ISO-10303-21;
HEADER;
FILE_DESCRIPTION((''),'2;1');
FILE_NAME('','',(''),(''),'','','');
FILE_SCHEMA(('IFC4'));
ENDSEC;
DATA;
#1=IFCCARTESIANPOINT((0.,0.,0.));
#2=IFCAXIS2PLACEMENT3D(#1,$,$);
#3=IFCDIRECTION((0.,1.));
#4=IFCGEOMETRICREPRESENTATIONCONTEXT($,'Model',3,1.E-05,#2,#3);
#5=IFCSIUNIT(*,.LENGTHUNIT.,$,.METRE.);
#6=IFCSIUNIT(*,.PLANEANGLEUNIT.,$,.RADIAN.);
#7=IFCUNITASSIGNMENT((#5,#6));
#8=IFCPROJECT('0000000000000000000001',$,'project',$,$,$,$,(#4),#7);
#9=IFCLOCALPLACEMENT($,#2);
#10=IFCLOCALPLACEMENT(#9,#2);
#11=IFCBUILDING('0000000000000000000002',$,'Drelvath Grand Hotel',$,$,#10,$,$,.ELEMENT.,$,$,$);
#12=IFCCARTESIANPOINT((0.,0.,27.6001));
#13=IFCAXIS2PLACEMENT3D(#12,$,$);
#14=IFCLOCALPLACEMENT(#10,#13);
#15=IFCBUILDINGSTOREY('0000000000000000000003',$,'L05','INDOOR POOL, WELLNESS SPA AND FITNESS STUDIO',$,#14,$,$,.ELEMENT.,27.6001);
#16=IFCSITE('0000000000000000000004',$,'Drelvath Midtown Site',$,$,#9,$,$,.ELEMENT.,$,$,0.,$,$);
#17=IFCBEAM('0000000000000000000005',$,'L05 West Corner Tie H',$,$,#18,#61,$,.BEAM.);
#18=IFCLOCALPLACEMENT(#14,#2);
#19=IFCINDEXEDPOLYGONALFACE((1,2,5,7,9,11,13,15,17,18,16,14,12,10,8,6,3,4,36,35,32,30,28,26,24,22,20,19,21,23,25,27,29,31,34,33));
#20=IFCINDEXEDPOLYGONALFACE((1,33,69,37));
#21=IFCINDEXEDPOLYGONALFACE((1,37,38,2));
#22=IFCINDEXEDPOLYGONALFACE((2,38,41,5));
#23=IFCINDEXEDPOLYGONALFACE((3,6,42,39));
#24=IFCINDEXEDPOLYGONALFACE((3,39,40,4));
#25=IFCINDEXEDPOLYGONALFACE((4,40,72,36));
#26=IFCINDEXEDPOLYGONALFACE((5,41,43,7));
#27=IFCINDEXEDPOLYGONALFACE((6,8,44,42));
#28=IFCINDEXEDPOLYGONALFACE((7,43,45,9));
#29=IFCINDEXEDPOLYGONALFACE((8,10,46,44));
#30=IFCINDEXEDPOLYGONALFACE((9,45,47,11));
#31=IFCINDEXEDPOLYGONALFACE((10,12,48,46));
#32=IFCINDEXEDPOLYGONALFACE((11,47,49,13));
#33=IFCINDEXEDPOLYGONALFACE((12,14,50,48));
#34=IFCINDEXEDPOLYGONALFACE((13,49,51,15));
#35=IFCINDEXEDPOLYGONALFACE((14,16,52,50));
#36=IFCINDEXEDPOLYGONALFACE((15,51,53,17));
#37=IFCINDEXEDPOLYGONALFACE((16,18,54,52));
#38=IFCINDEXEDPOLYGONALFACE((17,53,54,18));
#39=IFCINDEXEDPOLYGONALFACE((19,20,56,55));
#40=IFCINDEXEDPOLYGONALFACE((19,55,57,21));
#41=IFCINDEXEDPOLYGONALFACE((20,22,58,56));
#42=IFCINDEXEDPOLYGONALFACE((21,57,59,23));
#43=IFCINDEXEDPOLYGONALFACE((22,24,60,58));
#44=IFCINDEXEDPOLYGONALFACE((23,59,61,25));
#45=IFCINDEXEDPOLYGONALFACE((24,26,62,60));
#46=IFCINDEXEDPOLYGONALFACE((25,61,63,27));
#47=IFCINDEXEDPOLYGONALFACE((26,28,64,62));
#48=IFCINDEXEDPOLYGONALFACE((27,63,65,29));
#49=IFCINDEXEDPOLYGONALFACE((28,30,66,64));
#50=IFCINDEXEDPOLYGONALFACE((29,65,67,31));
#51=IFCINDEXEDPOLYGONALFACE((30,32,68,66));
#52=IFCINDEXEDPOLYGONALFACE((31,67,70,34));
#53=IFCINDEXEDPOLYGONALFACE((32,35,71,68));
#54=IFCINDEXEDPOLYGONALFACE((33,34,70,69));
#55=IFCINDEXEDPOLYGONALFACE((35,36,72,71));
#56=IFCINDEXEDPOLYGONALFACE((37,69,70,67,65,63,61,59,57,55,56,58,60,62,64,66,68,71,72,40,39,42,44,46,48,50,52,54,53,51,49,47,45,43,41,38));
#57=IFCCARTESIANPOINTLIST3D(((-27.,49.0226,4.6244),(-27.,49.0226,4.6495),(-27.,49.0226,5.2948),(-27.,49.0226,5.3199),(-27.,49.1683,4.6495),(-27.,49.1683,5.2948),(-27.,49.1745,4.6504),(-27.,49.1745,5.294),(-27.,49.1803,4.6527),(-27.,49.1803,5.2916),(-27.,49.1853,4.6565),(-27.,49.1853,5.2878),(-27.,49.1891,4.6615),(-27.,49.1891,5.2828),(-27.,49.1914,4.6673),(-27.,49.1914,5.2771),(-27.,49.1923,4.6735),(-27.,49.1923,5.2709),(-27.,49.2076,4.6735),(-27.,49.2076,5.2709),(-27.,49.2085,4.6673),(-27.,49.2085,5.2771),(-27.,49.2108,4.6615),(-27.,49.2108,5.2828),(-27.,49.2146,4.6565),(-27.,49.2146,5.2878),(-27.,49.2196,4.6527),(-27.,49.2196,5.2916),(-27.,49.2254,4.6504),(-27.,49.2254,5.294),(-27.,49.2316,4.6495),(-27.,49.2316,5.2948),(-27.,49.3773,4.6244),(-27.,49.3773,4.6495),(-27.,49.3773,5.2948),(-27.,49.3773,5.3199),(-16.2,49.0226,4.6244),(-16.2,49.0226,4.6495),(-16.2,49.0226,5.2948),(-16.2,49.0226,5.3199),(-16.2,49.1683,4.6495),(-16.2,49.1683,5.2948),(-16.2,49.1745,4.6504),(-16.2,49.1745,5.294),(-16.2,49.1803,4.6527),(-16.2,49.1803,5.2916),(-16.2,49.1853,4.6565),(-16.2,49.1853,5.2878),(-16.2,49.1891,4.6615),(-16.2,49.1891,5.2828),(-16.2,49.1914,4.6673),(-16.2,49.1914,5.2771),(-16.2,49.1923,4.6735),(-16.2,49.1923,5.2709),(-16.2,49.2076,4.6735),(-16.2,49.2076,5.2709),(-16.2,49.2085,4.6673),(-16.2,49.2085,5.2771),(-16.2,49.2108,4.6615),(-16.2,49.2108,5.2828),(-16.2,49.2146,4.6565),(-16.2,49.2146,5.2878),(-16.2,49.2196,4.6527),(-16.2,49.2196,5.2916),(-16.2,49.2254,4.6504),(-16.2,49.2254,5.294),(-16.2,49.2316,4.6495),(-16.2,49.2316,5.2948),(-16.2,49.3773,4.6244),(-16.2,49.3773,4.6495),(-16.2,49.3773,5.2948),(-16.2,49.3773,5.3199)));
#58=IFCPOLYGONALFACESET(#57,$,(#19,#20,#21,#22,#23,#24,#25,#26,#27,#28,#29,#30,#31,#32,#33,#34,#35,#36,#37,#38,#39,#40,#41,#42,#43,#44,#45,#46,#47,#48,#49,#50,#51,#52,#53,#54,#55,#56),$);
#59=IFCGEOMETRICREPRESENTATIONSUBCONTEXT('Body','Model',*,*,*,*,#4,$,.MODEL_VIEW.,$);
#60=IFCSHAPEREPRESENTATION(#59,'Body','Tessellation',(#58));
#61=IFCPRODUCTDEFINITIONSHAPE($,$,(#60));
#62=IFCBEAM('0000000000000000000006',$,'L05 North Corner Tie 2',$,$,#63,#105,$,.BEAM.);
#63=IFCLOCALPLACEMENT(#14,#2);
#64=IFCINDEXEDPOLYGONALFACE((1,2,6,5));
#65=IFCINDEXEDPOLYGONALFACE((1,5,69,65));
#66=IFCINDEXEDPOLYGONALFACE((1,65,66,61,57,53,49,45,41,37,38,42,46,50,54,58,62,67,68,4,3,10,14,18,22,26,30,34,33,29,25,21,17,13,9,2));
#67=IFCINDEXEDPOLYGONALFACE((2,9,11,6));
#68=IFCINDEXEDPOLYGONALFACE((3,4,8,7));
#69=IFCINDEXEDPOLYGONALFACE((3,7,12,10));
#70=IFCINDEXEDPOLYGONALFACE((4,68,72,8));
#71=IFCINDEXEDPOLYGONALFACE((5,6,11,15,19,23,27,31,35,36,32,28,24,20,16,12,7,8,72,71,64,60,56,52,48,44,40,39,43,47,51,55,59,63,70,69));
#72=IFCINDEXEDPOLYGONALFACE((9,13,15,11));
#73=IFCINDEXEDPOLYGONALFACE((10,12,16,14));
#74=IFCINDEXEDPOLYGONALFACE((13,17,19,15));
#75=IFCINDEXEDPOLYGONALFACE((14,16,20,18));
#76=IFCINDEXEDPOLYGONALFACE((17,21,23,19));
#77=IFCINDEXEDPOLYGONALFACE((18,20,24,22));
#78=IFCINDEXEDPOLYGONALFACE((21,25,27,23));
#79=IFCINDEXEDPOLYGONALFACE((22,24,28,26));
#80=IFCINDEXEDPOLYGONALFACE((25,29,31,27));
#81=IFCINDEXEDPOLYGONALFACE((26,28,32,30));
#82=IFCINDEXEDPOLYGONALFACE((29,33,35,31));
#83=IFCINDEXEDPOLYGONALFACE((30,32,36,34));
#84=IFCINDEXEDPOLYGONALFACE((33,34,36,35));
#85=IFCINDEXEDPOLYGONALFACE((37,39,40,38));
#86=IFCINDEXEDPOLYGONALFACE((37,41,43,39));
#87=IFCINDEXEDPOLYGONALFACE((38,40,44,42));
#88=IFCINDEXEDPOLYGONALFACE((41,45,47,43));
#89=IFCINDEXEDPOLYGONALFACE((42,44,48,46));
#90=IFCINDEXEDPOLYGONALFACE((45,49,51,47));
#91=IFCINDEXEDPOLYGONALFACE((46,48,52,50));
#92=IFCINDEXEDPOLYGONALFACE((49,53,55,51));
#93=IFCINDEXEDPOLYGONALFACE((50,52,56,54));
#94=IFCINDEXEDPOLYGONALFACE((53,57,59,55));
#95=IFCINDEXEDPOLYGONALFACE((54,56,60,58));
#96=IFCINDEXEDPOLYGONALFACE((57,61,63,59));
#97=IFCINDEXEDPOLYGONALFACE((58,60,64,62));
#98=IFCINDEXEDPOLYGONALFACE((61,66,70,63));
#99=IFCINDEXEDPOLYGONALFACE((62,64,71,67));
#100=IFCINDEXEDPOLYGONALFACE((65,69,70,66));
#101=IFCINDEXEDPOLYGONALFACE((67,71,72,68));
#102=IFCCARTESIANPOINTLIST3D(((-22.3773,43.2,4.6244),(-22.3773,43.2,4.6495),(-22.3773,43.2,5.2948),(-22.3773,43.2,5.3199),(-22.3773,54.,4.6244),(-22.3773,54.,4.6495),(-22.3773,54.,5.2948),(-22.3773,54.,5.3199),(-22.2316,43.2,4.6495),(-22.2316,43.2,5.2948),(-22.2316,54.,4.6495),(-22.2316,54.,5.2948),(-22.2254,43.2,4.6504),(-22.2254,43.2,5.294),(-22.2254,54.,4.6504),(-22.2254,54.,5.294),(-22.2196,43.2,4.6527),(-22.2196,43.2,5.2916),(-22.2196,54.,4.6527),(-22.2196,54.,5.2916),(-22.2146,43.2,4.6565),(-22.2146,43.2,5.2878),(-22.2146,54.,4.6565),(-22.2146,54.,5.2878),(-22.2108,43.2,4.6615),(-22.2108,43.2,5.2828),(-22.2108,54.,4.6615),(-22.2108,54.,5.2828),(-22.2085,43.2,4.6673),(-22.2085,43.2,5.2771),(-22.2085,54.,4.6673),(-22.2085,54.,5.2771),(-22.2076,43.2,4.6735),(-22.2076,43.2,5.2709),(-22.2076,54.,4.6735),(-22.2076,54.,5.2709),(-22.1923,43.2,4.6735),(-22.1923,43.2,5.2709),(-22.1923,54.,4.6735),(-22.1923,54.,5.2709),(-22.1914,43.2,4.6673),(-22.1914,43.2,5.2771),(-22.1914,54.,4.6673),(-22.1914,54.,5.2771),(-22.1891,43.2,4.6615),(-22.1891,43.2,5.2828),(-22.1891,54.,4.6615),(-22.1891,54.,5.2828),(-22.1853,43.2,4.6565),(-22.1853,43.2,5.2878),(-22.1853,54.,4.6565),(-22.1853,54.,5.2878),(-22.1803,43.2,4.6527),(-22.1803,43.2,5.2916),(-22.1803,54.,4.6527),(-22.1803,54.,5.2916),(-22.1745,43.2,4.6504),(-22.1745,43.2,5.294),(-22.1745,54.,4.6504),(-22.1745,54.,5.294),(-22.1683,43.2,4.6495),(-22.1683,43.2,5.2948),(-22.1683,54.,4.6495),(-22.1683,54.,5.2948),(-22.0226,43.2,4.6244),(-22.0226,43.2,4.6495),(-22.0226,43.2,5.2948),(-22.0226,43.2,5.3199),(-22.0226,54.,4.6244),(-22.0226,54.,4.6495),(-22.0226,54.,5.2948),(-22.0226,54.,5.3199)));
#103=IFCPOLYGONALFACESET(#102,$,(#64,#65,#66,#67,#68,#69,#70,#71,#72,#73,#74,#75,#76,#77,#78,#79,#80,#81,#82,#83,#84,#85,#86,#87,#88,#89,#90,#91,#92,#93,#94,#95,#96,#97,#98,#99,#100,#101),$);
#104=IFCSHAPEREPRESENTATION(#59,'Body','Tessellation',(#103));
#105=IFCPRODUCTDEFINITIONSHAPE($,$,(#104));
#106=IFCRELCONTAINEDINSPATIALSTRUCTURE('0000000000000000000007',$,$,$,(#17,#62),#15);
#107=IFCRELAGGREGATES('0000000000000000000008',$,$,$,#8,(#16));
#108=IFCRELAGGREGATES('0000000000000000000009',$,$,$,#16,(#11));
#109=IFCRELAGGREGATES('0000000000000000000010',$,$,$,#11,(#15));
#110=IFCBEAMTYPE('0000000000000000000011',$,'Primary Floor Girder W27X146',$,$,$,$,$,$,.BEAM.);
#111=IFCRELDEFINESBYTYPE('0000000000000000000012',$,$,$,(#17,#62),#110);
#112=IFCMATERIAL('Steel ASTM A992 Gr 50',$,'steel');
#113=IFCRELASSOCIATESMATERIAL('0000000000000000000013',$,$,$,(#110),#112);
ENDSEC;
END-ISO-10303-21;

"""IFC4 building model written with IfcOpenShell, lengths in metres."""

from ifc_helpers import new_model, si_unit, direction, frame, origin, origin_2d, place, context, subcontext, project, spatial, i_section, extrude, material, material_profile, profile_set, type_object, element, save


model = new_model("IFC4")

# Units and contexts
model_context = context("Model", 3, precision=1e-05, world=origin(), true_north=direction((0.0, 1.0)))
body_context = subcontext(model_context, "Body", "Model", "MODEL_VIEW")
ifc_project = project(units=[si_unit("LENGTHUNIT", "METRE"), si_unit("PLANEANGLEUNIT", "RADIAN")], contexts=[model_context])

# Site, building, storey
site_placement = place(None, origin())
site = spatial("IfcSite", under=ifc_project, at=site_placement, Name="Drelvath Midtown Site", CompositionType="ELEMENT", RefElevation=0.0)
building_placement = place(site_placement, origin())
building = spatial("IfcBuilding", under=site, at=building_placement, Name="Drelvath Grand Hotel", CompositionType="ELEMENT")
storey_placement = place(building_placement, frame((0.0, 0.0, 27.6001)))
storey = spatial("IfcBuildingStorey", under=building, at=storey_placement, Name="L05", Description="INDOOR POOL, WELLNESS SPA AND FITNESS STUDIO", CompositionType="ELEMENT", Elevation=27.6001)

# Beams
ifc_material_1 = material(Name="Steel ASTM A992 Gr 50", Category="steel")
ifc_material_profile_1 = material_profile(ifc_material_1, i_section(OverallWidth=0.3547, OverallDepth=0.6956, WebThickness=0.0154, FlangeThickness=0.0251, FilletRadius=0.0239, at=origin_2d()), Name="W27X146")
ifc_profile_set_1 = profile_set([ifc_material_profile_1], Name="Steel ASTM A992 Gr 50")
beam_type_1 = type_object("IfcBeamType", Name="Primary Floor Girder W27X146", PredefinedType="BEAM", material=ifc_profile_set_1)
for number, where, z_axis, x_axis, name in (
    (1, (-27.0, 49.2, 4.9722), (1.0, 0.0, 0.0), (0.0, 1.0, 0.0), "L05 West Corner Tie H"),
    (2, (-22.2, 43.2, 4.9722), (0.0, 1.0, 0.0), (-1.0, 0.0, 0.0), "L05 North Corner Tie 2"),
):
    element("IfcBeam", number, at=place(storey_placement, frame(where, z_axis=z_axis, x_axis=x_axis)), inside=storey, type_object=beam_type_1, Name=name, PredefinedType="BEAM", context=body_context, shape_type="SweptSolid", body=[
        extrude(i_section(OverallWidth=0.3547, OverallDepth=0.6956, WebThickness=0.0154, FlangeThickness=0.0251, FilletRadius=0.0239, at=origin_2d()), origin(), (0.0, 0.0, 1.0), 10.8),
    ])

save(model, "model.ifc")
